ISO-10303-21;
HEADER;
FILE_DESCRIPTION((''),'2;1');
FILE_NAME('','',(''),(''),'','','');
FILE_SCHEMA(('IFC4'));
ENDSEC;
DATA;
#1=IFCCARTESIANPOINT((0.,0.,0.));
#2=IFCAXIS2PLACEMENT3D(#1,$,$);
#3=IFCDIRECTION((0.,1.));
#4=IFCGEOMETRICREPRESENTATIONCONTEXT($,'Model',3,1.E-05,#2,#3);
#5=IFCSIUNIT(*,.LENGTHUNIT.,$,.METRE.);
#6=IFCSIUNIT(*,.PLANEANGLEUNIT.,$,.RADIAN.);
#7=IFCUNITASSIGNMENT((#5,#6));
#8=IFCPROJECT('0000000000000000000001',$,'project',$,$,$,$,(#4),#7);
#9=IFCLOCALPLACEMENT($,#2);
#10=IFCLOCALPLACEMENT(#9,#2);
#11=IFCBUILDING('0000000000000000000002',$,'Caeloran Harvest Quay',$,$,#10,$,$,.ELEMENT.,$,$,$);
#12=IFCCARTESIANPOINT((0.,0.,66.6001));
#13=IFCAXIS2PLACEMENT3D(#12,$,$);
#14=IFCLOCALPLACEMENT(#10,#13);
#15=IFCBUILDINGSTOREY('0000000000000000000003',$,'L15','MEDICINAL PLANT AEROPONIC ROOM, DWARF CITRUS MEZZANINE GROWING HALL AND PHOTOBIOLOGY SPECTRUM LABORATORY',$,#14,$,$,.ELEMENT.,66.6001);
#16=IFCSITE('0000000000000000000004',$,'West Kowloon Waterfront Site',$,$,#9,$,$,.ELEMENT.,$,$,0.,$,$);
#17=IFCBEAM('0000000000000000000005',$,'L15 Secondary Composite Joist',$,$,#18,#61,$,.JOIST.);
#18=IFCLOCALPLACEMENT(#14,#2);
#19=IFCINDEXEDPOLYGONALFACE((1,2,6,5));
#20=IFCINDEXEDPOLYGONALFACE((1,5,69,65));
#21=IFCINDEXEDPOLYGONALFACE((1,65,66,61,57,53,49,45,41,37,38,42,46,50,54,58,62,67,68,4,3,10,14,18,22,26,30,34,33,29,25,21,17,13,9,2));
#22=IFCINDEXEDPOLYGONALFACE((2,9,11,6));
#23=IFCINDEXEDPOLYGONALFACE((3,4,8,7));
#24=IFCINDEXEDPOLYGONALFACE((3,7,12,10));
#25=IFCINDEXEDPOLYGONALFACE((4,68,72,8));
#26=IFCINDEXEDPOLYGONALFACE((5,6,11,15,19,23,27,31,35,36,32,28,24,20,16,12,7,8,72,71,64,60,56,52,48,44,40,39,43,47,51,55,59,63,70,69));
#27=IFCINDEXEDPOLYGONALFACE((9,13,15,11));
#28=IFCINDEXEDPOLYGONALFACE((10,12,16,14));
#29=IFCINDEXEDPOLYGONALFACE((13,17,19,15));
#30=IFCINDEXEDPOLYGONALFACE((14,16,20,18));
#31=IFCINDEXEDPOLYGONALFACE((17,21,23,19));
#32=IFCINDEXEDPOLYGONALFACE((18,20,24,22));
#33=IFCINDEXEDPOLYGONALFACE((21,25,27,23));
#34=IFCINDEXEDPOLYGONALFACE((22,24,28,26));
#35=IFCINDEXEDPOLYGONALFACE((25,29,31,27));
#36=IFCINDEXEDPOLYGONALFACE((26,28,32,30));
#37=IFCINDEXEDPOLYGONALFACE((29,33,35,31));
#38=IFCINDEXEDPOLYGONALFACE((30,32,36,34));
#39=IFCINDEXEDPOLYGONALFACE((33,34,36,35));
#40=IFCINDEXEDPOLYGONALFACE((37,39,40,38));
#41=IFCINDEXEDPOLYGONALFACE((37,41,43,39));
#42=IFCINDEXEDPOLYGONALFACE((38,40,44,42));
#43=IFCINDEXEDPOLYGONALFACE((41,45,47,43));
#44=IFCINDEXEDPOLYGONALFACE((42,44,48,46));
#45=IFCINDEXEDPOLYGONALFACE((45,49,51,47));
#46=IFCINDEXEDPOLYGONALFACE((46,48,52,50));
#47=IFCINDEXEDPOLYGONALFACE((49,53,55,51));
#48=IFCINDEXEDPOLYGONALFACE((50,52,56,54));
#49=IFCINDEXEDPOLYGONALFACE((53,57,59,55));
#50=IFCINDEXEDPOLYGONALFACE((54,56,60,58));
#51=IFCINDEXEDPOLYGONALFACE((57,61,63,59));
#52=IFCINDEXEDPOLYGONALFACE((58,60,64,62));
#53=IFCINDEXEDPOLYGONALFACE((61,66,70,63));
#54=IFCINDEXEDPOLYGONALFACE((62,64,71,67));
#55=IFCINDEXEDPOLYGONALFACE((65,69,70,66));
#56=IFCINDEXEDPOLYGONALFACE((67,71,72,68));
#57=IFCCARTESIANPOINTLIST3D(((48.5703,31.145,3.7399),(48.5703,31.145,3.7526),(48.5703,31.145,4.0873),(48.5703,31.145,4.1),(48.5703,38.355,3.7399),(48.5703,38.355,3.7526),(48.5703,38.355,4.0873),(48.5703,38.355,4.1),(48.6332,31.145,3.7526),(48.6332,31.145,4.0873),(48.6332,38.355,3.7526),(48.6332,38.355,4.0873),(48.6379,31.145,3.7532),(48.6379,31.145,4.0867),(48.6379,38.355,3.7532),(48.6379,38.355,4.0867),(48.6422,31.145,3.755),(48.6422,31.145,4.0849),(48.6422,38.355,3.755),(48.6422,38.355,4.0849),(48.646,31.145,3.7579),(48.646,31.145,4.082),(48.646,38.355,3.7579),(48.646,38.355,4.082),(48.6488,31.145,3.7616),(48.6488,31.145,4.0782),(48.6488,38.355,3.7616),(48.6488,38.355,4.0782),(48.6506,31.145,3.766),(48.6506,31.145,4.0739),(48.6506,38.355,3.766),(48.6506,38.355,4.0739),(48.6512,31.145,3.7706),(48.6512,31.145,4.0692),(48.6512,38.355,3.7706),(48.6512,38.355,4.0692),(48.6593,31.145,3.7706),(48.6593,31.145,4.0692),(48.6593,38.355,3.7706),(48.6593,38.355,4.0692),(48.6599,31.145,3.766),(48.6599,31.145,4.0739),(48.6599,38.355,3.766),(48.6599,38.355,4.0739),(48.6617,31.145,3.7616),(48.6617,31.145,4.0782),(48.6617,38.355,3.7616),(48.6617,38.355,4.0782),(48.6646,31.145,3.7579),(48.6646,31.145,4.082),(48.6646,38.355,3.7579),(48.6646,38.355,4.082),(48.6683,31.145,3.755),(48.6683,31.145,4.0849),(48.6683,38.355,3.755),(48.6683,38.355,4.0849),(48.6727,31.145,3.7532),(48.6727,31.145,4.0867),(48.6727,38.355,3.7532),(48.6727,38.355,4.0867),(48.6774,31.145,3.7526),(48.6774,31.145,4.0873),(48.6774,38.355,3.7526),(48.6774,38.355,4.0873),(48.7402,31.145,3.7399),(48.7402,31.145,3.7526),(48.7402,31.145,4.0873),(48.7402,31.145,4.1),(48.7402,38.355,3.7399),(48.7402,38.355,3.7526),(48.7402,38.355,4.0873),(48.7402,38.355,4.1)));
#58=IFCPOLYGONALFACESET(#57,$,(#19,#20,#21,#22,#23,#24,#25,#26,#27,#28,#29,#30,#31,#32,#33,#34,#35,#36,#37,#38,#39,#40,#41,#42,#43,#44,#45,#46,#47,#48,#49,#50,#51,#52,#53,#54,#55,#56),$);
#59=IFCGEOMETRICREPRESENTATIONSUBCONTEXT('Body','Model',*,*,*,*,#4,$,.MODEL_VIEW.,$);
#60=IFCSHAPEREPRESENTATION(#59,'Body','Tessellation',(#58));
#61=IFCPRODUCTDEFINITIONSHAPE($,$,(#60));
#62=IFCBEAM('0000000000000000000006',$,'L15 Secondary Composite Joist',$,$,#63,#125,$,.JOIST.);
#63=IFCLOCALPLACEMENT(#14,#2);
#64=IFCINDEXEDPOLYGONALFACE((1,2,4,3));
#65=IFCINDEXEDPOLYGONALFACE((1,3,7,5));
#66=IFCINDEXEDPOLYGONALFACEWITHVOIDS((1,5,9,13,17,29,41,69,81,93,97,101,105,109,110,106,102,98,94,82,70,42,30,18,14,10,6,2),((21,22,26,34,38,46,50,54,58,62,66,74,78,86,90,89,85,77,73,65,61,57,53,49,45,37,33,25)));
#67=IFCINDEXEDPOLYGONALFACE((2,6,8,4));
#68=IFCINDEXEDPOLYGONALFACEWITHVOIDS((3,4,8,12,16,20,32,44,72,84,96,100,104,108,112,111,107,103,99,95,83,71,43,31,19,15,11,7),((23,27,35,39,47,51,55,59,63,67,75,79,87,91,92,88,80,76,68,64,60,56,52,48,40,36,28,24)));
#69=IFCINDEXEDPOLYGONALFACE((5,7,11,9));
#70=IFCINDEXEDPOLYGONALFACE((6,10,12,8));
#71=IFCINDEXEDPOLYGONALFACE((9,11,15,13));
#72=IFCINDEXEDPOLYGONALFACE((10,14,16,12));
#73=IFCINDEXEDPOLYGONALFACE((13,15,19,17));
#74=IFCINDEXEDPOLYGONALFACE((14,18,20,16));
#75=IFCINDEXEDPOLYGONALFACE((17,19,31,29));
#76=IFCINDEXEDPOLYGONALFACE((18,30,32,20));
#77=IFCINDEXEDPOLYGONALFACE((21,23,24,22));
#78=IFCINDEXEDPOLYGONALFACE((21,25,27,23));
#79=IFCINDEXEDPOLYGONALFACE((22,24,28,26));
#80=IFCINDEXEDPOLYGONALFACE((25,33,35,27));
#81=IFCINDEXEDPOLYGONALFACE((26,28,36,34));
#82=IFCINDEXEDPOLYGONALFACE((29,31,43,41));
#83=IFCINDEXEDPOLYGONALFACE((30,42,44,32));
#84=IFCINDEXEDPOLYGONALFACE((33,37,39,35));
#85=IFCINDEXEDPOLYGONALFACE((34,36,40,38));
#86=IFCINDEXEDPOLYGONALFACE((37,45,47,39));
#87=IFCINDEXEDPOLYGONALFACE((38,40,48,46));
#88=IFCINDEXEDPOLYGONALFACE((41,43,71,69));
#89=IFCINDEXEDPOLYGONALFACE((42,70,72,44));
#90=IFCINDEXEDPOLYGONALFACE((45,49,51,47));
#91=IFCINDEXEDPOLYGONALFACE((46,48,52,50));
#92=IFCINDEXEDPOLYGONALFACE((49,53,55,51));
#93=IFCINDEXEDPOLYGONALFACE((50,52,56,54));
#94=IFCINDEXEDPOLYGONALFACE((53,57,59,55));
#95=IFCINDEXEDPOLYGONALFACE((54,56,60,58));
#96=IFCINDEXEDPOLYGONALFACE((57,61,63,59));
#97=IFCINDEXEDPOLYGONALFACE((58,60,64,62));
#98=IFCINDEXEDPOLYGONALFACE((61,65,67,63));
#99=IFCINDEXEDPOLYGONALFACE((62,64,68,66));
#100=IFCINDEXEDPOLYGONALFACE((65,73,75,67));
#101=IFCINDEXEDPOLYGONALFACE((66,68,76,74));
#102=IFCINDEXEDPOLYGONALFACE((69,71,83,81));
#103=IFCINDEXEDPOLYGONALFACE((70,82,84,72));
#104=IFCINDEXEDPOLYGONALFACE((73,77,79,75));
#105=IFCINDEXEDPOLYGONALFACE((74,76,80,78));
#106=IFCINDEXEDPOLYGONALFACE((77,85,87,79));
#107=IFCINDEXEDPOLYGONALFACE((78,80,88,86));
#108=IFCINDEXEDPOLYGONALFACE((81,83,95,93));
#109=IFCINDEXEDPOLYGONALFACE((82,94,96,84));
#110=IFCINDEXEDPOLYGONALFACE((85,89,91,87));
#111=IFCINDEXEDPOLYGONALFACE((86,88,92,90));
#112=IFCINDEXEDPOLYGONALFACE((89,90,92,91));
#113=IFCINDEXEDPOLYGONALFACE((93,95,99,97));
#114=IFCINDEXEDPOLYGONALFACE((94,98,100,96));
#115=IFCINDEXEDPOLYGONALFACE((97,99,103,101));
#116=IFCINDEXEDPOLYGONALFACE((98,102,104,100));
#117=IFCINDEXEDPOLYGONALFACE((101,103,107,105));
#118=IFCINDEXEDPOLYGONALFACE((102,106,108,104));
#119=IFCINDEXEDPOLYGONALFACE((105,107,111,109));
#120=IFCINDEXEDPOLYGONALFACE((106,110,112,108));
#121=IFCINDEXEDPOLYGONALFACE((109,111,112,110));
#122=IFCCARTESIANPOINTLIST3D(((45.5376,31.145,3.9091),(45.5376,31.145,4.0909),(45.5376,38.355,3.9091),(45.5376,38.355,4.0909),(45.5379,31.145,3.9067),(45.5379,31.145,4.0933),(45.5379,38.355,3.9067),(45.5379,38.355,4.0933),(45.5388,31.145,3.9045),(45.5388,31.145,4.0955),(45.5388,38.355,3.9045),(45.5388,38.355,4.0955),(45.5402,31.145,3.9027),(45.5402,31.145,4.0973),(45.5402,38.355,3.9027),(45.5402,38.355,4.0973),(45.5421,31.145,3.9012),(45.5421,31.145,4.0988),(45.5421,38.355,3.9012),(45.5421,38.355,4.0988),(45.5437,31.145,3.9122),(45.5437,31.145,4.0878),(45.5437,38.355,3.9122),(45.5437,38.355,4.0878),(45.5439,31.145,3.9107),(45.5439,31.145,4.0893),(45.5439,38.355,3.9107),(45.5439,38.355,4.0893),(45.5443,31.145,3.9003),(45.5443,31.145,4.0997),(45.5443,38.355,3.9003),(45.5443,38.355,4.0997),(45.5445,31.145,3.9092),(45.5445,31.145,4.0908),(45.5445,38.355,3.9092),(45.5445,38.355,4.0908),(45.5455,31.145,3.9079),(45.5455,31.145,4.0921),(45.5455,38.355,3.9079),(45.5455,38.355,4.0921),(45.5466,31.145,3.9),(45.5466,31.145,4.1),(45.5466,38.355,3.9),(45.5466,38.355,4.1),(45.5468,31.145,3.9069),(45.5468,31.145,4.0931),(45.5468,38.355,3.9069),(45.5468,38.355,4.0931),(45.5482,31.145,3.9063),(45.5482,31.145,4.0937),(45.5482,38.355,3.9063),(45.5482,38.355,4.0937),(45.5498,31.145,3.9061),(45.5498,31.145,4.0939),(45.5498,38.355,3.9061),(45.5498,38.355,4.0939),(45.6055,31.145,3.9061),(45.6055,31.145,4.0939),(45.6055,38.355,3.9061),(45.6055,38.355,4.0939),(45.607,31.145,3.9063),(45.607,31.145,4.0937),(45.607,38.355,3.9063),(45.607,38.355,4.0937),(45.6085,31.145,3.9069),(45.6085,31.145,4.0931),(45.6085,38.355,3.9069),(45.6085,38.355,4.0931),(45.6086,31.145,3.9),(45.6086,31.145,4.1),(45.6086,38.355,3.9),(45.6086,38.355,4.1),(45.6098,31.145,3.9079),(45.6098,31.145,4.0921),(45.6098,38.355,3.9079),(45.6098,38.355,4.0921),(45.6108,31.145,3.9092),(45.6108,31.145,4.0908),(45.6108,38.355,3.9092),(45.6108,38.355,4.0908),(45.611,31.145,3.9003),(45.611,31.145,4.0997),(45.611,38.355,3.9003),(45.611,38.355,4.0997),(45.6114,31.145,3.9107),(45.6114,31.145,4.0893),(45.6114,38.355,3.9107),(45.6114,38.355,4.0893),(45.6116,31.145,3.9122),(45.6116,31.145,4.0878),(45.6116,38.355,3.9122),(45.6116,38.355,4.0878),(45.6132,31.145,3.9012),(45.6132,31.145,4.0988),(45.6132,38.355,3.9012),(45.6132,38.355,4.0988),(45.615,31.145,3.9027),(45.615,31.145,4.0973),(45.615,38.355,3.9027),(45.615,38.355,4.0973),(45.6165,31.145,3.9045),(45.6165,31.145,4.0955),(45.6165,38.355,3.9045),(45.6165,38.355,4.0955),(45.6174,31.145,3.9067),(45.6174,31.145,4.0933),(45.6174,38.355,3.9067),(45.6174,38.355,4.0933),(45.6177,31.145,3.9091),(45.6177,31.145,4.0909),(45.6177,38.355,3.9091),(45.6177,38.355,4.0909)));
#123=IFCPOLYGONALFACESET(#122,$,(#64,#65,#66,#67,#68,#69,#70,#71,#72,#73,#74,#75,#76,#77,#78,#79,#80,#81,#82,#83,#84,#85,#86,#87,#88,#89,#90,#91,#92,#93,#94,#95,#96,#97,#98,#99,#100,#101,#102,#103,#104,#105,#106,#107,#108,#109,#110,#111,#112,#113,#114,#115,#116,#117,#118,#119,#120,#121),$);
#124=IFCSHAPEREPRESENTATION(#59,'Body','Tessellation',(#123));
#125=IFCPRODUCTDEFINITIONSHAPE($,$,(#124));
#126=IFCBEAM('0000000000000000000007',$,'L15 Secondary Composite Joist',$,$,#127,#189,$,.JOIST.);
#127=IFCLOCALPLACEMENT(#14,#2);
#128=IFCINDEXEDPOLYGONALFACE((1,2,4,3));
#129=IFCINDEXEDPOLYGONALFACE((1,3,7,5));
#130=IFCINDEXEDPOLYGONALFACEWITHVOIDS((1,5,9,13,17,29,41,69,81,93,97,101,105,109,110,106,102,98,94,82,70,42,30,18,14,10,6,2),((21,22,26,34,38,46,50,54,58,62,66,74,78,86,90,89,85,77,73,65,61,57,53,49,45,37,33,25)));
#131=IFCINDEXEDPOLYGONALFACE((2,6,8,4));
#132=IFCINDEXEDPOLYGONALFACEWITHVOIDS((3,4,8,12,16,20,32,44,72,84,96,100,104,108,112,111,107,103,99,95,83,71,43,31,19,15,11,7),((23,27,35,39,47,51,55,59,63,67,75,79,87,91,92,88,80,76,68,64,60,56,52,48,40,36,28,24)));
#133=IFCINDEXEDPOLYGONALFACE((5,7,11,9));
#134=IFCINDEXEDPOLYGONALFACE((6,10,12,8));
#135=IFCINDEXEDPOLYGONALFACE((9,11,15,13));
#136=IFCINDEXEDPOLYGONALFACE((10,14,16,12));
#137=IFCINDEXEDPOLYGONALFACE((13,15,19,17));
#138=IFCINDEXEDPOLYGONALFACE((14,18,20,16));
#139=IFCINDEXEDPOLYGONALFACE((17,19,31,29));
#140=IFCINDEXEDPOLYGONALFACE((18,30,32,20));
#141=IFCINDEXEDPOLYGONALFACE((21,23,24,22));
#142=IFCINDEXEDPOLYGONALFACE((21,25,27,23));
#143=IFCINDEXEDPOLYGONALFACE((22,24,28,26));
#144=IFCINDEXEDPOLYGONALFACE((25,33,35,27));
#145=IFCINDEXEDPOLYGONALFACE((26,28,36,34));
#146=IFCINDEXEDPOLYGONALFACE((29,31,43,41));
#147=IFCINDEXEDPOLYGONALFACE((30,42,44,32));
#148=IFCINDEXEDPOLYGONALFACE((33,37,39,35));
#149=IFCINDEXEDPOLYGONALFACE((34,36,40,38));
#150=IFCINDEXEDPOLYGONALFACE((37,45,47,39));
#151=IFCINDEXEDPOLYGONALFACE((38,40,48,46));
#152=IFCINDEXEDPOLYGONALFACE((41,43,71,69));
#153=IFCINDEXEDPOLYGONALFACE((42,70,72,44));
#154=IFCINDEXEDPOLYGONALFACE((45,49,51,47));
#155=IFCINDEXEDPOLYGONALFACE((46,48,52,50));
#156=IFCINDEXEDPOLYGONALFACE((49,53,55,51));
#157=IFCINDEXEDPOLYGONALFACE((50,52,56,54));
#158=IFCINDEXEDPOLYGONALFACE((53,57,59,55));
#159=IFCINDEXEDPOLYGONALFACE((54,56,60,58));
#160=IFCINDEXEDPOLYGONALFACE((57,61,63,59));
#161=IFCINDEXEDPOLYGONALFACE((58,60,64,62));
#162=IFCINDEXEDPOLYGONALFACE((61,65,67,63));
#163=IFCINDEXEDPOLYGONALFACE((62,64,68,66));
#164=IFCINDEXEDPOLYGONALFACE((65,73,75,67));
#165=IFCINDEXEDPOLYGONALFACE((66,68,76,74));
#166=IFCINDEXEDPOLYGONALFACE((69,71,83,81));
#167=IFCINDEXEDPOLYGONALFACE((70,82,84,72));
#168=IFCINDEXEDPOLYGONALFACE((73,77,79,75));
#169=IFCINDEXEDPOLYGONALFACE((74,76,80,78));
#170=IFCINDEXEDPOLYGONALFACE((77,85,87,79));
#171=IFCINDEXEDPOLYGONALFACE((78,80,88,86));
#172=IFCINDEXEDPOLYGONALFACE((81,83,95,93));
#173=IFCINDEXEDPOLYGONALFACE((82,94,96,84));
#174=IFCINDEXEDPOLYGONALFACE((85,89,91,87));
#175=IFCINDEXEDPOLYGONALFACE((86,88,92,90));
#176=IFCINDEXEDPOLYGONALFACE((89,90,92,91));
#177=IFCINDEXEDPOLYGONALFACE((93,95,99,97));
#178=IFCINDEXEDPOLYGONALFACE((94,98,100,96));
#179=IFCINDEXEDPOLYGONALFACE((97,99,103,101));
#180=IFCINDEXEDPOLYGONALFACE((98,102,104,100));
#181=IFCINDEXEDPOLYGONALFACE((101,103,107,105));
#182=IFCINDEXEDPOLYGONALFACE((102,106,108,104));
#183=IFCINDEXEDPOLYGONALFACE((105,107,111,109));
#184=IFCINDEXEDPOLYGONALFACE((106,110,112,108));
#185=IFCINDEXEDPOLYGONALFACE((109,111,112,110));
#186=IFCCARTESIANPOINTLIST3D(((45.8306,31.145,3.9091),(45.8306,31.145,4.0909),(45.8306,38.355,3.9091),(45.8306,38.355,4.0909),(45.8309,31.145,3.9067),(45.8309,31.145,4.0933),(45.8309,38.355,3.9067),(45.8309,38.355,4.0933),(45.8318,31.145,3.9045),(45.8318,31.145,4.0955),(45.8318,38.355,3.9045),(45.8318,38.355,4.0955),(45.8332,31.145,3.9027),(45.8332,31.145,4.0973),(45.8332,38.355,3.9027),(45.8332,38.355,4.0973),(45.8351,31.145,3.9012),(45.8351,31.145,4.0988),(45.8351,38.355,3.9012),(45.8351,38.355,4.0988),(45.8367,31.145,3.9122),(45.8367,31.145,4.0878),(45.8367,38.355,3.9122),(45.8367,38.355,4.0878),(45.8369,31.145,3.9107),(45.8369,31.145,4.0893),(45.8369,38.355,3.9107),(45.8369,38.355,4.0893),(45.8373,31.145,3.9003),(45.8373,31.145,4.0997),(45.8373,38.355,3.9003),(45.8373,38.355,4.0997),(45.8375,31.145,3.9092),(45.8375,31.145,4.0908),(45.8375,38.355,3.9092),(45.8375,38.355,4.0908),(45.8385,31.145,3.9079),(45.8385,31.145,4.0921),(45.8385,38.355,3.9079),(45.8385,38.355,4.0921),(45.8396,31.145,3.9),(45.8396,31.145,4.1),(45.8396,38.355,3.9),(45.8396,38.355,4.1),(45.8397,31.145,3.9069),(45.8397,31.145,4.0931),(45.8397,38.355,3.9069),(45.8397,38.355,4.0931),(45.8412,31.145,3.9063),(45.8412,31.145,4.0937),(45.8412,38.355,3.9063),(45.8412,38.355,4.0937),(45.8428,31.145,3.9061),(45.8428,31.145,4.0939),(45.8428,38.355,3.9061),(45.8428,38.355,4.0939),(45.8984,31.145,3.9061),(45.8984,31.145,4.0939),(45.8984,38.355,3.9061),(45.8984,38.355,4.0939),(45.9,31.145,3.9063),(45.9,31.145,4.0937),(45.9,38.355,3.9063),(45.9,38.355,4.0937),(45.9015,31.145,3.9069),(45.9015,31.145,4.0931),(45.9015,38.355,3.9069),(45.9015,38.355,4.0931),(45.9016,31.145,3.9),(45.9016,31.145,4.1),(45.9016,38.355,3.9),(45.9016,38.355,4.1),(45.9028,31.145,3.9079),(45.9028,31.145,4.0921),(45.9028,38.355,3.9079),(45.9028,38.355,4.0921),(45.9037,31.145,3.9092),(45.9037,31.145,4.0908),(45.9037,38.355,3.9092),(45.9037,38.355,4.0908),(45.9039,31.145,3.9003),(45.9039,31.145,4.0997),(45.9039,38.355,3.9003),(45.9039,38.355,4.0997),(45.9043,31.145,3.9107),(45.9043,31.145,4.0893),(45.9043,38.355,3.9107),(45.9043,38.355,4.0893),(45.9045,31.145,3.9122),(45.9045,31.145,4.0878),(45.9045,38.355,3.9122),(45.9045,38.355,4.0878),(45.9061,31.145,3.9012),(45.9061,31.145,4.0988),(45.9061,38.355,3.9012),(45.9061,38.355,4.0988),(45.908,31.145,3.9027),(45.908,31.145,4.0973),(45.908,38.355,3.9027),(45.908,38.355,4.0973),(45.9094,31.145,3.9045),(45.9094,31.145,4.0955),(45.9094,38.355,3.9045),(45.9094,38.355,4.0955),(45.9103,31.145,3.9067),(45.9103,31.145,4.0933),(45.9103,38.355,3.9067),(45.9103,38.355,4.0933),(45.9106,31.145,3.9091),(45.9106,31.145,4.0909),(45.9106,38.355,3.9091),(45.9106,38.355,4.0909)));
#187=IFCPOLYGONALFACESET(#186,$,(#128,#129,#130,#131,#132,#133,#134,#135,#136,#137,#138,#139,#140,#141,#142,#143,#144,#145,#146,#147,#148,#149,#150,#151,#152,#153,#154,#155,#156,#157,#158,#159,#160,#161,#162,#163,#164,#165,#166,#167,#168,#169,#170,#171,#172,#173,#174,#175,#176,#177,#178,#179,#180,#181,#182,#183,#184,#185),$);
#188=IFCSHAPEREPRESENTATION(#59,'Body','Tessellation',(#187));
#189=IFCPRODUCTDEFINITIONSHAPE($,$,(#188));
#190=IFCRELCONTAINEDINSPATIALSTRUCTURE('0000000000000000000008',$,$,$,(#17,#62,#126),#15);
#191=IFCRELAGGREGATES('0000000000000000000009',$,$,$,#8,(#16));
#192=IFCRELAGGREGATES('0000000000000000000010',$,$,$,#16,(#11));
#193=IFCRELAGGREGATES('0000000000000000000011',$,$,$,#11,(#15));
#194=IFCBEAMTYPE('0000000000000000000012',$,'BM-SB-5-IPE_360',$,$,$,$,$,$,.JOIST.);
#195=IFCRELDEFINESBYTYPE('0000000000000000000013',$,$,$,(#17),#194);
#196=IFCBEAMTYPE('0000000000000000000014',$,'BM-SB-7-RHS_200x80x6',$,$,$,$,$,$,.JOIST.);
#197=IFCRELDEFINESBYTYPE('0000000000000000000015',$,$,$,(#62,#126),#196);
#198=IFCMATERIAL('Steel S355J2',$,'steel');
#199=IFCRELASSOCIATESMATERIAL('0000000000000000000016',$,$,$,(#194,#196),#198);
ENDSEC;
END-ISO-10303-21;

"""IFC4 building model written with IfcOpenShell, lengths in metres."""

from ifc_helpers import new_model, si_unit, direction, frame, origin, origin_2d, place, context, subcontext, project, spatial, hollow_rectangle, i_section, extrude, material, material_profile, profile_set, type_object, element, save


model = new_model("IFC4")

# Units and contexts
model_context = context("Model", 3, precision=1e-05, world=origin(), true_north=direction((0.0, 1.0)))
body_context = subcontext(model_context, "Body", "Model", "MODEL_VIEW")
ifc_project = project(units=[si_unit("LENGTHUNIT", "METRE"), si_unit("PLANEANGLEUNIT", "RADIAN")], contexts=[model_context])

# Site, building, storey
site_placement = place(None, origin())
site = spatial("IfcSite", under=ifc_project, at=site_placement, Name="West Kowloon Waterfront Site", CompositionType="ELEMENT", RefElevation=0.0)
building_placement = place(site_placement, origin())
building = spatial("IfcBuilding", under=site, at=building_placement, Name="Caeloran Harvest Quay", CompositionType="ELEMENT")
storey_placement = place(building_placement, frame((0.0, 0.0, 66.6001)))
storey = spatial("IfcBuildingStorey", under=building, at=storey_placement, Name="L15", Description="MEDICINAL PLANT AEROPONIC ROOM, DWARF CITRUS MEZZANINE GROWING HALL AND PHOTOBIOLOGY SPECTRUM LABORATORY", CompositionType="ELEMENT", Elevation=66.6001)

# Beams
ifc_material_1 = material(Name="Steel S355J2", Category="steel")
ifc_material_profile_1 = material_profile(ifc_material_1, i_section(OverallWidth=0.1699, OverallDepth=0.3601, WebThickness=0.0081, FlangeThickness=0.0127, FilletRadius=0.0181, at=origin_2d()), Name="IPE 360")
ifc_profile_set_1 = profile_set([ifc_material_profile_1], Name="Steel S355J2")
beam_type_1 = type_object("IfcBeamType", Name="BM-SB-5-IPE_360", PredefinedType="JOIST", material=ifc_profile_set_1)
for number, where, z_axis, x_axis, name in (
    (1, (48.6553, 31.145, 3.9199), (0.0, 1.0, 0.0), (-1.0, 0.0, 0.0), "L15 Secondary Composite Joist"),
):
    element("IfcBeam", number, at=place(storey_placement, frame(where, z_axis=z_axis, x_axis=x_axis)), inside=storey, type_object=beam_type_1, Name=name, PredefinedType="JOIST", context=body_context, shape_type="SweptSolid", body=[
        extrude(i_section(OverallWidth=0.1699, OverallDepth=0.3601, WebThickness=0.0081, FlangeThickness=0.0127, FilletRadius=0.0181, at=origin_2d()), origin(), (0.0, 0.0, 1.0), 7.21),
    ])
ifc_material_profile_2 = material_profile(ifc_material_1, hollow_rectangle(XDim=0.0801, YDim=0.2, WallThickness=0.0061, InnerFilletRadius=0.0061, OuterFilletRadius=0.009, at=origin_2d()), Name="RHS 200x80x6")
ifc_profile_set_2 = profile_set([ifc_material_profile_2], Name="Steel S355J2")
beam_type_2 = type_object("IfcBeamType", Name="BM-SB-7-RHS_200x80x6", PredefinedType="JOIST", material=ifc_profile_set_2)
for number, where, z_axis, x_axis, name in (
    (2, (45.5776, 31.145, 4.0), (0.0, 1.0, 0.0), (-1.0, 0.0, 0.0), "L15 Secondary Composite Joist"),
    (3, (45.8706, 31.145, 4.0), (0.0, 1.0, 0.0), (-1.0, 0.0, 0.0), "L15 Secondary Composite Joist"),
):
    element("IfcBeam", number, at=place(storey_placement, frame(where, z_axis=z_axis, x_axis=x_axis)), inside=storey, type_object=beam_type_2, Name=name, PredefinedType="JOIST", context=body_context, shape_type="SweptSolid", body=[
        extrude(hollow_rectangle(XDim=0.0801, YDim=0.2, WallThickness=0.0061, InnerFilletRadius=0.0061, OuterFilletRadius=0.009, at=origin_2d()), origin(), (0.0, 0.0, 1.0), 7.21),
    ])

save(model, "model.ifc")
